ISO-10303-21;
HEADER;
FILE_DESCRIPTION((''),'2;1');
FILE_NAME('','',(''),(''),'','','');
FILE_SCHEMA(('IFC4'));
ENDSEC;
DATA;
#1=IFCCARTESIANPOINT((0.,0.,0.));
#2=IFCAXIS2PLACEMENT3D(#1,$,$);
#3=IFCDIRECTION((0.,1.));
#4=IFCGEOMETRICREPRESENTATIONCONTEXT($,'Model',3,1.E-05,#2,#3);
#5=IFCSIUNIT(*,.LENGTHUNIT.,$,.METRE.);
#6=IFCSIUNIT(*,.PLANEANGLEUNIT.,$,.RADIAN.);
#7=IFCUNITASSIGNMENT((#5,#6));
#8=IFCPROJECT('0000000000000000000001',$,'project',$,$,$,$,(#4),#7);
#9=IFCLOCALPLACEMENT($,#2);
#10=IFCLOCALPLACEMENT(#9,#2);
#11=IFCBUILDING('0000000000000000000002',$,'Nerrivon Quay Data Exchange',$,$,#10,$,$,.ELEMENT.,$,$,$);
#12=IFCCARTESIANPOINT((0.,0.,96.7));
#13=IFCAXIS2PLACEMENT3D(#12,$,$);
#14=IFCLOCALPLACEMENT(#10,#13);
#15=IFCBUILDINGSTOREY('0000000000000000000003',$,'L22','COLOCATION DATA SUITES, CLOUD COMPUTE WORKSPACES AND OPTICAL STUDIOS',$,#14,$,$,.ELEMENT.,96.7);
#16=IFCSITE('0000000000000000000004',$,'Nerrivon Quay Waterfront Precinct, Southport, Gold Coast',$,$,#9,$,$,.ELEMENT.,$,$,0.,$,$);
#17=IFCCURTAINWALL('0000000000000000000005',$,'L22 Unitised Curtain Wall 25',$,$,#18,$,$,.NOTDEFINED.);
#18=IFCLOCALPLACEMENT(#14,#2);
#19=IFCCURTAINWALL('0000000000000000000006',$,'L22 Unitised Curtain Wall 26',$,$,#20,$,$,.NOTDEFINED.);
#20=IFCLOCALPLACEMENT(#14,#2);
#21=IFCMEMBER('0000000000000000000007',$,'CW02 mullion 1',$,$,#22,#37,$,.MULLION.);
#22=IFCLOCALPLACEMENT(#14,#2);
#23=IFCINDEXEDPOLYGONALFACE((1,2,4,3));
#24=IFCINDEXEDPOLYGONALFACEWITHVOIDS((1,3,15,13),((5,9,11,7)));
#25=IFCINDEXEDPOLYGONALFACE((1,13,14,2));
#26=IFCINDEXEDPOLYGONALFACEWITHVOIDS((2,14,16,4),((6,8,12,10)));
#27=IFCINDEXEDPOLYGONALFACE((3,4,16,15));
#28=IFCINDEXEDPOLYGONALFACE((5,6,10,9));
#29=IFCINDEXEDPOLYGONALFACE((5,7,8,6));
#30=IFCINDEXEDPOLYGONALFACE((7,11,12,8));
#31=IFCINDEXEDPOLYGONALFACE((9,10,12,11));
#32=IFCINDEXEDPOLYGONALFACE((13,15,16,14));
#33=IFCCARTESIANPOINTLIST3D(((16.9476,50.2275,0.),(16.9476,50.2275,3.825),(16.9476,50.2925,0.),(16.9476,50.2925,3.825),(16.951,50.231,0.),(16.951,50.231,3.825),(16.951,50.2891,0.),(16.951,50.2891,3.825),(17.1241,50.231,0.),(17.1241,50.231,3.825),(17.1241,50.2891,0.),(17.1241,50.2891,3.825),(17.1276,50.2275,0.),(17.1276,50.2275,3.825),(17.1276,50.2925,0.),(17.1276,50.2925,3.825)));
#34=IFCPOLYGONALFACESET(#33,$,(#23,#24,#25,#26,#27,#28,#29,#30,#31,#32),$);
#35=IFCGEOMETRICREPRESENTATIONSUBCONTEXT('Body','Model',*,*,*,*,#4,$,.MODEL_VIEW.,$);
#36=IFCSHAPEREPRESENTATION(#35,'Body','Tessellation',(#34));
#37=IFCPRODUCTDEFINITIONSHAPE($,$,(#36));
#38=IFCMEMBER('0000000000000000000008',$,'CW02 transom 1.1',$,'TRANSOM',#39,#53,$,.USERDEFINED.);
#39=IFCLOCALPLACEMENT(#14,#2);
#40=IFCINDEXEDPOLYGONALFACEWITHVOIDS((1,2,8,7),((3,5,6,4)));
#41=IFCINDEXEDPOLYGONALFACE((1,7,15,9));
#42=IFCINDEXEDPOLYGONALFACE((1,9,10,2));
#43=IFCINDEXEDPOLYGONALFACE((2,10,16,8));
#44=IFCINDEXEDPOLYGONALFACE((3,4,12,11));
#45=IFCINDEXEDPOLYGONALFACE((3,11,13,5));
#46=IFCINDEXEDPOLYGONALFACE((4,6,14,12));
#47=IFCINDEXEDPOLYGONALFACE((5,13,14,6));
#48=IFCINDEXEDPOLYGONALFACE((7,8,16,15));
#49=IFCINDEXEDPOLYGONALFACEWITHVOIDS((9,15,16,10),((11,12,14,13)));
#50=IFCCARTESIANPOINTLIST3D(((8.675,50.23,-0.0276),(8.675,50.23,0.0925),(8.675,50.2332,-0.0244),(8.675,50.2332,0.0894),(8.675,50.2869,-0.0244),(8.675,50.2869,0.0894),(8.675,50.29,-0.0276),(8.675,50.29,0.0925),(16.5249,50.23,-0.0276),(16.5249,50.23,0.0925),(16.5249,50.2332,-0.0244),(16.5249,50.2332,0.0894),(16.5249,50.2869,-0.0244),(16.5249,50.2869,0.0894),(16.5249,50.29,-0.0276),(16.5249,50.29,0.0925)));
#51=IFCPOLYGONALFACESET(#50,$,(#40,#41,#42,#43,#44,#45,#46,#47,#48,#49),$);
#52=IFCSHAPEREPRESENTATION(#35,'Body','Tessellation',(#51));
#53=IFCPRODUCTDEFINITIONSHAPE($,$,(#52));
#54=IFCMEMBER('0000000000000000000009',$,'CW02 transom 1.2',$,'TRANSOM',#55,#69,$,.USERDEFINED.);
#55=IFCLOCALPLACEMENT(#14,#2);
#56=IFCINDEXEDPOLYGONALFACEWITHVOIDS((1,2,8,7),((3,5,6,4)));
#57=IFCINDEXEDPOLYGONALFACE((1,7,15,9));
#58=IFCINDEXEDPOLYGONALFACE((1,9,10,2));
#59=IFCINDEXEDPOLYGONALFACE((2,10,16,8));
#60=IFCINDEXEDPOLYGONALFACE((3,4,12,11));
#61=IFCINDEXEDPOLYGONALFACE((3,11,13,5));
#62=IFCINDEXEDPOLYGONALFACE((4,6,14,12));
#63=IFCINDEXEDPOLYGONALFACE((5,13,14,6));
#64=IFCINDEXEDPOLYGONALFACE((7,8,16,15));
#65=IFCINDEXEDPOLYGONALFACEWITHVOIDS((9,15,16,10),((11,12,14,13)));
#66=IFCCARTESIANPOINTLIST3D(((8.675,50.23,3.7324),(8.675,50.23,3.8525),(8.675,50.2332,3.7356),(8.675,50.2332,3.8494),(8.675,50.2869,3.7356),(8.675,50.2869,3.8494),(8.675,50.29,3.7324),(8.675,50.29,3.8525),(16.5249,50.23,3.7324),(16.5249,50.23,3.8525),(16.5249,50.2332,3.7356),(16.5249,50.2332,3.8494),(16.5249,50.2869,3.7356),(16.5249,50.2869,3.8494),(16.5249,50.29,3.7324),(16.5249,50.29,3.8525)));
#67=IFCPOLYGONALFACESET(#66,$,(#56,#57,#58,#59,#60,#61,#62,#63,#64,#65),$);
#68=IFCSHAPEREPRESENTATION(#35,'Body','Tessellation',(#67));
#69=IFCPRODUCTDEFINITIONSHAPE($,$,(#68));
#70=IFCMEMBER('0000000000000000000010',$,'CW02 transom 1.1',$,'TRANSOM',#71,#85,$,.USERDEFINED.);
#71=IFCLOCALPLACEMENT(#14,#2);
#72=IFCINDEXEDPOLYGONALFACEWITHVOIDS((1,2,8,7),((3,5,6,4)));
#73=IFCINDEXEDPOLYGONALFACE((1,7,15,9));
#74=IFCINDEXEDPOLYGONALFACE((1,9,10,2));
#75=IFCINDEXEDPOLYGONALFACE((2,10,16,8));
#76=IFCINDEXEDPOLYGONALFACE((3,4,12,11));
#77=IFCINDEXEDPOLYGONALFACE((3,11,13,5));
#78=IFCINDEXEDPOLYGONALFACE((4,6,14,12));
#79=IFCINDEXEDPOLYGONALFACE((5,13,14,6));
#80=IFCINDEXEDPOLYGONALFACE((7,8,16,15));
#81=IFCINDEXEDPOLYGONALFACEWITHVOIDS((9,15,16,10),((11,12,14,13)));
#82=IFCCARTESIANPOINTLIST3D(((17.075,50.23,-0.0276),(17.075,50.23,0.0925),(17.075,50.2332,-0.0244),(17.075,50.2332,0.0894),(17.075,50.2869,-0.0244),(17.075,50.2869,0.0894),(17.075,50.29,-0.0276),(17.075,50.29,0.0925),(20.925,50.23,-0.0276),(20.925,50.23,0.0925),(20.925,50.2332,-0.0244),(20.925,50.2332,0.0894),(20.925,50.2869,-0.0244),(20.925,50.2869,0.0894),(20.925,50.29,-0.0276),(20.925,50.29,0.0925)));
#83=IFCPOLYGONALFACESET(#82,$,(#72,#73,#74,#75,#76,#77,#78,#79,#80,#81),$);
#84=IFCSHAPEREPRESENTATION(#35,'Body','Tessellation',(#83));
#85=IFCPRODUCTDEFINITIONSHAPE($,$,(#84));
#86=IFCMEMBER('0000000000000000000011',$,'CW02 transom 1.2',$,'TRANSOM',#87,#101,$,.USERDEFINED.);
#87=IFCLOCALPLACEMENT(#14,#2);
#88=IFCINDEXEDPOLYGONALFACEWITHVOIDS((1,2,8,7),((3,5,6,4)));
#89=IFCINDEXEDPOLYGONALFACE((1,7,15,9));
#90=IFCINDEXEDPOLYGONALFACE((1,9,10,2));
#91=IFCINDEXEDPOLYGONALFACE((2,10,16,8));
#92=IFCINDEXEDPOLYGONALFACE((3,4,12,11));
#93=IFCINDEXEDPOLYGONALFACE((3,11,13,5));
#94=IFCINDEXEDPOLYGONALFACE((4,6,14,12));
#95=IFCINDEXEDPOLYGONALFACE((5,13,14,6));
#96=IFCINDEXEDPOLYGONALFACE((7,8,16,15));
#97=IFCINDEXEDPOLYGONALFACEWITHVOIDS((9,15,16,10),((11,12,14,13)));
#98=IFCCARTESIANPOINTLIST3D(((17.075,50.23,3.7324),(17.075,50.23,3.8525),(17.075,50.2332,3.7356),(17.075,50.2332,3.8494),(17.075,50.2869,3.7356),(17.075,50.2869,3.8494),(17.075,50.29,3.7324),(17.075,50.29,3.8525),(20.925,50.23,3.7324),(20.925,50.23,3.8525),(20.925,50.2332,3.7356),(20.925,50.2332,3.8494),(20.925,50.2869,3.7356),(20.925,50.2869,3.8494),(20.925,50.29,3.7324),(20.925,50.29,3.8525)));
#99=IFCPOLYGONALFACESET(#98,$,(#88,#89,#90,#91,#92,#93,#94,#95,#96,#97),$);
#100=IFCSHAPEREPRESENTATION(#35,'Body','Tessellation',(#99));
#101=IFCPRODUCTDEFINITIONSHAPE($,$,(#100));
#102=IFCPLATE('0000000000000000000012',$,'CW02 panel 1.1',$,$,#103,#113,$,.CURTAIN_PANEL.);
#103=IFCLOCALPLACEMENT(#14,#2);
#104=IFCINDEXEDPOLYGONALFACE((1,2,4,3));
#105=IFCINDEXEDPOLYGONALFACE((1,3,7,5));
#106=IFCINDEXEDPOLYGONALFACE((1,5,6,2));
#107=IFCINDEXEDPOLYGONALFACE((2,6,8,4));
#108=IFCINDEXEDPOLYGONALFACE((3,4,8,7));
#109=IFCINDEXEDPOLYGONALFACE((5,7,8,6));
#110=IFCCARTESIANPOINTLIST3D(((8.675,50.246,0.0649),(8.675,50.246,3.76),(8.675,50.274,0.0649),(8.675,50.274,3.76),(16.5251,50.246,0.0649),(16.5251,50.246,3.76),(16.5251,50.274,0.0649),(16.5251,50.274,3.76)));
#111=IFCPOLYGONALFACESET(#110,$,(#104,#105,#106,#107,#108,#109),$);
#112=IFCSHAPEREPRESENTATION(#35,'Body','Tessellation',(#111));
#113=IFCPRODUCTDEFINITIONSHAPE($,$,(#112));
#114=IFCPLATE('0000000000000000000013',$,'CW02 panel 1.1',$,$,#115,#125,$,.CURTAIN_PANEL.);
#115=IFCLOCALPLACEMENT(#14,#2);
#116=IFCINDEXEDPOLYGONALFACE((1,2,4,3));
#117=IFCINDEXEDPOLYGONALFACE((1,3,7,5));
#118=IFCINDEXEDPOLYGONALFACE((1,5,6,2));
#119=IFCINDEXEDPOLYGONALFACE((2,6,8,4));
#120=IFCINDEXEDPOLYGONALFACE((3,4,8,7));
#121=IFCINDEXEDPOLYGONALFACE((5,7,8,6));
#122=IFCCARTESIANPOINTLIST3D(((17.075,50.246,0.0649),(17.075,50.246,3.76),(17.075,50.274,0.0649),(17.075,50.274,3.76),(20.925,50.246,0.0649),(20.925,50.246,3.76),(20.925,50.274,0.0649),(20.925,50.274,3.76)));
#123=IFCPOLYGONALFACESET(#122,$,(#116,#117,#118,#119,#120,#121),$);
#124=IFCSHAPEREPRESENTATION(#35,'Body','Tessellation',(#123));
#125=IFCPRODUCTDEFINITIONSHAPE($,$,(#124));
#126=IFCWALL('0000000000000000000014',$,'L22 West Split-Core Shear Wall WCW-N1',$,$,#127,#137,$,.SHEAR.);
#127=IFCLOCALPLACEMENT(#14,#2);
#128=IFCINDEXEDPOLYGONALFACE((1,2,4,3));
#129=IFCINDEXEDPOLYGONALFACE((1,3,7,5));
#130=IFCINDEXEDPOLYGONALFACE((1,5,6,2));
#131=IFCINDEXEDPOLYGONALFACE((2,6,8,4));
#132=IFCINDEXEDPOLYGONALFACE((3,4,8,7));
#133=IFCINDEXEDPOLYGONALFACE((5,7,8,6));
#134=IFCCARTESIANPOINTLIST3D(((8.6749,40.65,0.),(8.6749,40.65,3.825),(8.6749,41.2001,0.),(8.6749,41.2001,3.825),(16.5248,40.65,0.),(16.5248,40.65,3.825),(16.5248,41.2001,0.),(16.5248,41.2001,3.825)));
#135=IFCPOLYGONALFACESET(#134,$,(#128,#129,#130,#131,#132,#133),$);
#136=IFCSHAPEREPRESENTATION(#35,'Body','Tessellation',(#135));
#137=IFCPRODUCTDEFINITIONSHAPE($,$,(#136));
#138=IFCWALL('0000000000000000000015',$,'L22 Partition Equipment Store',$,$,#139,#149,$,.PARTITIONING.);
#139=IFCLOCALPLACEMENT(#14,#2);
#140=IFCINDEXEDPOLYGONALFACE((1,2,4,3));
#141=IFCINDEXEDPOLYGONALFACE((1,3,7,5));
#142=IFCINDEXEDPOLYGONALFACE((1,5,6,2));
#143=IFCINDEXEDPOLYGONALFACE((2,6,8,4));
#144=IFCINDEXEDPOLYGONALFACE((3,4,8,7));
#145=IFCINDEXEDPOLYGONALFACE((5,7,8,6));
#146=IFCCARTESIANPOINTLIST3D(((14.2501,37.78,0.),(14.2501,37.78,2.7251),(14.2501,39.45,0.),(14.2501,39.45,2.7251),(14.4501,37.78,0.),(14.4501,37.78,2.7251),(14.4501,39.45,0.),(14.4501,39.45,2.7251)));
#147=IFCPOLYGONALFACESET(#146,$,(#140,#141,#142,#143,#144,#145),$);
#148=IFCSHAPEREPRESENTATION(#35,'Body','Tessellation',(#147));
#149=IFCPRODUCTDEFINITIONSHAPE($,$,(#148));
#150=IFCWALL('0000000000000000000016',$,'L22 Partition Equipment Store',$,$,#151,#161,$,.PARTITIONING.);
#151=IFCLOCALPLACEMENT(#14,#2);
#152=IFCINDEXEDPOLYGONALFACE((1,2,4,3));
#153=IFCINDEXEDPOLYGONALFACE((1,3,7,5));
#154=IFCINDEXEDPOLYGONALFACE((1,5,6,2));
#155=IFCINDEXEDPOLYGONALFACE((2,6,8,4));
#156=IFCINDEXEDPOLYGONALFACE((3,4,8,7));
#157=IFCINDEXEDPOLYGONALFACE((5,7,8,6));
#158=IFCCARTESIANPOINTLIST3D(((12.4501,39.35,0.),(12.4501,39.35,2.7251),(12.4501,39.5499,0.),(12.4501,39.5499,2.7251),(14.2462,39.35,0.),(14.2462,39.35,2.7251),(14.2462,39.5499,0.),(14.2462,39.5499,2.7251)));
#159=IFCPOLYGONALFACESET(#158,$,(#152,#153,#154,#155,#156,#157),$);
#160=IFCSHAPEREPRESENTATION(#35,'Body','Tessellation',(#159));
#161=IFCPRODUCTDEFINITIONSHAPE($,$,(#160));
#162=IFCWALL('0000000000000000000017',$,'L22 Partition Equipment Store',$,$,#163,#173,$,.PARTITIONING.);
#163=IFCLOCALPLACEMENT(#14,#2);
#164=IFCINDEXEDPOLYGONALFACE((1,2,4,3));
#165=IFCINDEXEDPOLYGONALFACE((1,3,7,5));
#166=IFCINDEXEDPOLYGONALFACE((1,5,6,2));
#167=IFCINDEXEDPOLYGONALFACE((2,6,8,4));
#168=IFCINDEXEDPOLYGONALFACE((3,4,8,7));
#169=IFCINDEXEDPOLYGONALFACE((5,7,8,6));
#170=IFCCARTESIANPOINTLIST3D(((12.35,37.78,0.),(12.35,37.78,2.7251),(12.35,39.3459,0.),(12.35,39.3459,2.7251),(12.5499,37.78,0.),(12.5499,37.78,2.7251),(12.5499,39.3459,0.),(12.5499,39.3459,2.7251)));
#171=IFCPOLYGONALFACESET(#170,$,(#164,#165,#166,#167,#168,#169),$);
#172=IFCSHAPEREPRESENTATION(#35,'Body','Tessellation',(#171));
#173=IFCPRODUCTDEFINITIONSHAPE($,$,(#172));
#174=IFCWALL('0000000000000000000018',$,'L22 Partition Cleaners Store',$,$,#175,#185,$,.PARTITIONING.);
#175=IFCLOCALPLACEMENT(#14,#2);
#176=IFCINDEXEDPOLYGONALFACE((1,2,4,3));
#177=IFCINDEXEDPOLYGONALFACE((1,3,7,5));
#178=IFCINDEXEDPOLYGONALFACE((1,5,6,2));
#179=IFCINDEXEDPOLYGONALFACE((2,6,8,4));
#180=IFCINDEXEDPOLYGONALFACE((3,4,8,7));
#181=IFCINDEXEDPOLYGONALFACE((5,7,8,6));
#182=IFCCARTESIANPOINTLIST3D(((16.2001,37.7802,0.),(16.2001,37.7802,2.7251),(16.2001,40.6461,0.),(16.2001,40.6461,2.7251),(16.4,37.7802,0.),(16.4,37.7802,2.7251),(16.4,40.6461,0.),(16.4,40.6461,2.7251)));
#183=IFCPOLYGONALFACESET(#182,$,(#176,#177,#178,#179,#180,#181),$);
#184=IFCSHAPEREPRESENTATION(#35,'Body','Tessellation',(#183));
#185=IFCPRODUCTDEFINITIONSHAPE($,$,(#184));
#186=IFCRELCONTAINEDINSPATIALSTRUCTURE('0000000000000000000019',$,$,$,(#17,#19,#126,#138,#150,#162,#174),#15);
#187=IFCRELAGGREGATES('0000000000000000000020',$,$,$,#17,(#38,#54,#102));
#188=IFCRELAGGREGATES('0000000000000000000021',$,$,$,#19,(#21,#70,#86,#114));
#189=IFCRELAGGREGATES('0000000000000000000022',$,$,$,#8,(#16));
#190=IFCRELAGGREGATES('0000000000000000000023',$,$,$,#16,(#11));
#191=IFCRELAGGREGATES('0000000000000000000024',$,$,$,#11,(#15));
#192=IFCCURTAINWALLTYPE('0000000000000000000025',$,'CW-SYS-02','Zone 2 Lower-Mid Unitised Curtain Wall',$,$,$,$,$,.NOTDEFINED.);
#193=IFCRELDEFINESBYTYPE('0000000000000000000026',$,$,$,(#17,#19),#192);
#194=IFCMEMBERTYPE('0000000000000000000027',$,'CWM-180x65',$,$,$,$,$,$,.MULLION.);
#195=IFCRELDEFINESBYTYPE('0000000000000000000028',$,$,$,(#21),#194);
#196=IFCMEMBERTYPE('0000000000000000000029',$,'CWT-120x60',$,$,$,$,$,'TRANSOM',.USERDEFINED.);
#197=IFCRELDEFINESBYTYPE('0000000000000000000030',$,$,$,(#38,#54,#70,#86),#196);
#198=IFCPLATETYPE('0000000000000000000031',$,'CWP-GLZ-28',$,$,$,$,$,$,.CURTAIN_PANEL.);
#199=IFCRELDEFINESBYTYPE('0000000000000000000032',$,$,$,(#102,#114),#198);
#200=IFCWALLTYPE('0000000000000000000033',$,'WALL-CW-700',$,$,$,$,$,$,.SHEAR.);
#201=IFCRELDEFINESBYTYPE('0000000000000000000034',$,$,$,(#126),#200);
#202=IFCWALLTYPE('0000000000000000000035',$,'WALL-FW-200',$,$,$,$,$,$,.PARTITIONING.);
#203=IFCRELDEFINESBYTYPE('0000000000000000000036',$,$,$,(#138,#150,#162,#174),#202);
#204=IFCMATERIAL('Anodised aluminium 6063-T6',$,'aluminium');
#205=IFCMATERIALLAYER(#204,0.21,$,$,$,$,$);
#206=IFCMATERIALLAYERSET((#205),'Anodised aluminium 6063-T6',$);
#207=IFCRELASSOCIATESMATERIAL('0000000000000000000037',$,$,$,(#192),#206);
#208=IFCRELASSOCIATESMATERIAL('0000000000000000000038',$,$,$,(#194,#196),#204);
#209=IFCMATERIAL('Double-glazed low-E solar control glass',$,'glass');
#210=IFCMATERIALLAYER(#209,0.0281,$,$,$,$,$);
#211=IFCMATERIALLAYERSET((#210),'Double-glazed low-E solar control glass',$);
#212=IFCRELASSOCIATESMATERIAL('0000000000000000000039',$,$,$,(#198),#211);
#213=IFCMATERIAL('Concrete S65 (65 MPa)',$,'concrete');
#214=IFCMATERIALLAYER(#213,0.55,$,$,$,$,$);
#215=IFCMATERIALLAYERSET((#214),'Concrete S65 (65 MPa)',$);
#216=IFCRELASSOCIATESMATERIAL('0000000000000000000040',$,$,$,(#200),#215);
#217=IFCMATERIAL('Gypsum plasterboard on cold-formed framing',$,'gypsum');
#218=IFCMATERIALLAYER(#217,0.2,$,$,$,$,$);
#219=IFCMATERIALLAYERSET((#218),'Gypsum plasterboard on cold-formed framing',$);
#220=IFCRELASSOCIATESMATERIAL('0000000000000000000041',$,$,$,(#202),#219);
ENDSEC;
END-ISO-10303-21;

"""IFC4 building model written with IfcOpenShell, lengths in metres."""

from ifc_helpers import new_model, si_unit, direction, frame, frame_2d, origin, origin_2d, place, context, subcontext, project, spatial, rectangle, hollow_rectangle, extrude, material, layer, layer_set, material_profile, profile_set, type_object, element, aggregate, save


model = new_model("IFC4")

# Units and contexts
model_context = context("Model", 3, precision=1e-05, world=origin(), true_north=direction((0.0, 1.0)))
body_context = subcontext(model_context, "Body", "Model", "MODEL_VIEW")
ifc_project = project(units=[si_unit("LENGTHUNIT", "METRE"), si_unit("PLANEANGLEUNIT", "RADIAN")], contexts=[model_context])

# Site, building, storey
site_placement = place(None, origin())
site = spatial("IfcSite", under=ifc_project, at=site_placement, Name="Nerrivon Quay Waterfront Precinct, Southport, Gold Coast", CompositionType="ELEMENT", RefElevation=0.0)
building_placement = place(site_placement, origin())
building = spatial("IfcBuilding", under=site, at=building_placement, Name="Nerrivon Quay Data Exchange", CompositionType="ELEMENT")
storey_placement = place(building_placement, frame((0.0, 0.0, 96.7)))
storey = spatial("IfcBuildingStorey", under=building, at=storey_placement, Name="L22", Description="COLOCATION DATA SUITES, CLOUD COMPUTE WORKSPACES AND OPTICAL STUDIOS", CompositionType="ELEMENT", Elevation=96.7)

# Shared definitions
ifc_material_1 = material(Name="Concrete S65 (65 MPa)", Category="concrete")

# Curtain wall
ifc_material_2 = material(Name="Anodised aluminium 6063-T6", Category="aluminium")
ifc_layer_1 = layer(ifc_material_2, 0.21)
ifc_layer_set_1 = layer_set([ifc_layer_1], Name="Anodised aluminium 6063-T6")
curtain_wall_type = type_object("IfcCurtainWallType", Name="CW-SYS-02", Description="Zone 2 Lower-Mid Unitised Curtain Wall", PredefinedType="NOTDEFINED", material=ifc_layer_set_1)
curtain_wall_1_placement = place(storey_placement, origin())
curtain_wall_1 = element("IfcCurtainWall", 1, at=curtain_wall_1_placement, inside=storey, type_object=curtain_wall_type, Name="L22 Unitised Curtain Wall 25", PredefinedType="NOTDEFINED")
ifc_material_profile_1 = material_profile(ifc_material_2, hollow_rectangle(XDim=0.0649, YDim=0.1799, WallThickness=0.0034, at=origin_2d()), Name="ALU-MULL-180x65")
ifc_profile_set_1 = profile_set([ifc_material_profile_1], Name="Anodised aluminium 6063-T6")
member_type_1 = type_object("IfcMemberType", Name="CWM-180x65", PredefinedType="MULLION", material=ifc_profile_set_1)

# Curtain wall, member
curtain_wall_2_placement = place(storey_placement, origin())
curtain_wall_2 = element("IfcCurtainWall", 2, at=curtain_wall_2_placement, inside=storey, type_object=curtain_wall_type, Name="L22 Unitised Curtain Wall 26", PredefinedType="NOTDEFINED")
member_1_placement = place(storey_placement, frame((17.0376, 50.26, 0.0), z_axis=(0.0, 0.0, 1.0), x_axis=(0.0, 1.0, 0.0)))
member_1 = element("IfcMember", 3, at=member_1_placement, type_object=member_type_1, Name="CW02 mullion 1", PredefinedType="MULLION", context=body_context, shape_type="SweptSolid", body=[
    extrude(hollow_rectangle(XDim=0.0649, YDim=0.1799, WallThickness=0.0034, at=origin_2d()), origin(), (0.0, 0.0, 1.0), 3.825),
])

# Members
ifc_material_profile_2 = material_profile(ifc_material_2, hollow_rectangle(XDim=0.0601, YDim=0.1201, WallThickness=0.0032, at=origin_2d()), Name="ALU-TRAN-120x60")
ifc_profile_set_2 = profile_set([ifc_material_profile_2], Name="Anodised aluminium 6063-T6")
member_type_2 = type_object("IfcMemberType", Name="CWT-120x60", ElementType="TRANSOM", PredefinedType="USERDEFINED", material=ifc_profile_set_2)
member_2_placement = place(storey_placement, frame((8.675, 50.26, 0.0325), z_axis=(1.0, 0.0, 0.0), x_axis=(0.0, 1.0, 0.0)))
member_2 = element("IfcMember", 4, at=member_2_placement, type_object=member_type_2, Name="CW02 transom 1.1", ObjectType="TRANSOM", PredefinedType="USERDEFINED", context=body_context, shape_type="SweptSolid", body=[
    extrude(hollow_rectangle(XDim=0.0601, YDim=0.1201, WallThickness=0.0032, at=origin_2d()), origin(), (0.0, 0.0, 1.0), 7.8499),
])
member_3_placement = place(storey_placement, frame((8.675, 50.26, 3.7925), z_axis=(1.0, 0.0, 0.0), x_axis=(0.0, 1.0, 0.0)))
member_3 = element("IfcMember", 5, at=member_3_placement, type_object=member_type_2, Name="CW02 transom 1.2", ObjectType="TRANSOM", PredefinedType="USERDEFINED", context=body_context, shape_type="SweptSolid", body=[
    extrude(hollow_rectangle(XDim=0.0601, YDim=0.1201, WallThickness=0.0032, at=origin_2d()), origin(), (0.0, 0.0, 1.0), 7.8499),
])
member_4_placement = place(storey_placement, frame((17.075, 50.26, 0.0325), z_axis=(1.0, 0.0, 0.0), x_axis=(0.0, 1.0, 0.0)))
member_4 = element("IfcMember", 6, at=member_4_placement, type_object=member_type_2, Name="CW02 transom 1.1", ObjectType="TRANSOM", PredefinedType="USERDEFINED", context=body_context, shape_type="SweptSolid", body=[
    extrude(hollow_rectangle(XDim=0.0601, YDim=0.1201, WallThickness=0.0032, at=origin_2d()), origin(), (0.0, 0.0, 1.0), 3.8501),
])
member_5_placement = place(storey_placement, frame((17.075, 50.26, 3.7925), z_axis=(1.0, 0.0, 0.0), x_axis=(0.0, 1.0, 0.0)))
member_5 = element("IfcMember", 7, at=member_5_placement, type_object=member_type_2, Name="CW02 transom 1.2", ObjectType="TRANSOM", PredefinedType="USERDEFINED", context=body_context, shape_type="SweptSolid", body=[
    extrude(hollow_rectangle(XDim=0.0601, YDim=0.1201, WallThickness=0.0032, at=origin_2d()), origin(), (0.0, 0.0, 1.0), 3.8501),
])

# Plates
ifc_material_3 = material(Name="Double-glazed low-E solar control glass", Category="glass")
ifc_layer_2 = layer(ifc_material_3, 0.0281)
ifc_layer_set_2 = layer_set([ifc_layer_2], Name="Double-glazed low-E solar control glass")
plate_type = type_object("IfcPlateType", Name="CWP-GLZ-28", PredefinedType="CURTAIN_PANEL", material=ifc_layer_set_2)
plate_1_placement = place(storey_placement, frame((12.6001, 50.26, 0.0649), z_axis=(0.0, 0.0, 1.0), x_axis=(1.0, 0.0, 0.0)))
plate_1 = element("IfcPlate", 8, at=plate_1_placement, type_object=plate_type, Name="CW02 panel 1.1", PredefinedType="CURTAIN_PANEL", context=body_context, shape_type="SweptSolid", body=[
    extrude(rectangle(XDim=7.8501, YDim=0.0281, at=origin_2d()), origin(), (0.0, 0.0, 1.0), 3.6951),
])
aggregate(curtain_wall_1, [member_2, member_3, plate_1])
plate_2_placement = place(storey_placement, frame((19.0, 50.26, 0.0649), z_axis=(0.0, 0.0, 1.0), x_axis=(1.0, 0.0, 0.0)))
plate_2 = element("IfcPlate", 9, at=plate_2_placement, type_object=plate_type, Name="CW02 panel 1.1", PredefinedType="CURTAIN_PANEL", context=body_context, shape_type="SweptSolid", body=[
    extrude(rectangle(XDim=3.8501, YDim=0.0281, at=origin_2d()), origin(), (0.0, 0.0, 1.0), 3.6951),
])
aggregate(curtain_wall_2, [member_1, member_4, member_5, plate_2])

# Walls
ifc_layer_3 = layer(ifc_material_1, 0.55)
ifc_layer_set_3 = layer_set([ifc_layer_3], Name="Concrete S65 (65 MPa)")
wall_type_1 = type_object("IfcWallType", Name="WALL-CW-700", PredefinedType="SHEAR", material=ifc_layer_set_3)
wall_1_placement = place(storey_placement, frame((8.675, 40.925, 0.0), z_axis=(0.0, 0.0, 1.0), x_axis=(1.0, 0.0, 0.0)))
element("IfcWall", 10, at=wall_1_placement, inside=storey, type_object=wall_type_1, Name="L22 West Split-Core Shear Wall WCW-N1", PredefinedType="SHEAR", context=body_context, shape_type="SweptSolid", body=[
    extrude(rectangle(XDim=7.8499, YDim=0.55, at=frame_2d((3.9248, 0.0))), origin(), (0.0, 0.0, 1.0), 3.825),
])
ifc_material_4 = material(Name="Gypsum plasterboard on cold-formed framing", Category="gypsum")
ifc_layer_4 = layer(ifc_material_4, 0.2)
ifc_layer_set_4 = layer_set([ifc_layer_4], Name="Gypsum plasterboard on cold-formed framing")
wall_type_2 = type_object("IfcWallType", Name="WALL-FW-200", PredefinedType="PARTITIONING", material=ifc_layer_set_4)
wall_2_placement = place(storey_placement, frame((14.3501, 37.78, 0.0), z_axis=(0.0, 0.0, 1.0), x_axis=(0.0, 1.0, 0.0)))
element("IfcWall", 11, at=wall_2_placement, inside=storey, type_object=wall_type_2, Name="L22 Partition Equipment Store", PredefinedType="PARTITIONING", context=body_context, shape_type="SweptSolid", body=[
    extrude(rectangle(XDim=1.6699, YDim=0.2, at=frame_2d((0.835, 0.0))), origin(), (0.0, 0.0, 1.0), 2.7251),
])
wall_3_placement = place(storey_placement, frame((14.2461, 39.45, 0.0), z_axis=(0.0, 0.0, 1.0), x_axis=(-1.0, 0.0, 0.0)))
element("IfcWall", 12, at=wall_3_placement, inside=storey, type_object=wall_type_2, Name="L22 Partition Equipment Store", PredefinedType="PARTITIONING", context=body_context, shape_type="SweptSolid", body=[
    extrude(rectangle(XDim=1.7961, YDim=0.2, at=frame_2d((0.8979, 0.0))), origin(), (0.0, 0.0, 1.0), 2.7251),
])
wall_4_placement = place(storey_placement, frame((12.45, 39.3459, 0.0), z_axis=(0.0, 0.0, 1.0), x_axis=(0.0, -1.0, 0.0)))
element("IfcWall", 13, at=wall_4_placement, inside=storey, type_object=wall_type_2, Name="L22 Partition Equipment Store", PredefinedType="PARTITIONING", context=body_context, shape_type="SweptSolid", body=[
    extrude(rectangle(XDim=1.5659, YDim=0.2, at=frame_2d((0.783, 0.0))), origin(), (0.0, 0.0, 1.0), 2.7251),
])
wall_5_placement = place(storey_placement, frame((16.3, 37.78, 0.0), z_axis=(0.0, 0.0, 1.0), x_axis=(0.0, 1.0, 0.0)))
element("IfcWall", 14, at=wall_5_placement, inside=storey, type_object=wall_type_2, Name="L22 Partition Cleaners Store", PredefinedType="PARTITIONING", context=body_context, shape_type="SweptSolid", body=[
    extrude(rectangle(XDim=2.866, YDim=0.2, at=frame_2d((1.4331, 0.0))), origin(), (0.0, 0.0, 1.0), 2.7251),
])

save(model, "model.ifc")
